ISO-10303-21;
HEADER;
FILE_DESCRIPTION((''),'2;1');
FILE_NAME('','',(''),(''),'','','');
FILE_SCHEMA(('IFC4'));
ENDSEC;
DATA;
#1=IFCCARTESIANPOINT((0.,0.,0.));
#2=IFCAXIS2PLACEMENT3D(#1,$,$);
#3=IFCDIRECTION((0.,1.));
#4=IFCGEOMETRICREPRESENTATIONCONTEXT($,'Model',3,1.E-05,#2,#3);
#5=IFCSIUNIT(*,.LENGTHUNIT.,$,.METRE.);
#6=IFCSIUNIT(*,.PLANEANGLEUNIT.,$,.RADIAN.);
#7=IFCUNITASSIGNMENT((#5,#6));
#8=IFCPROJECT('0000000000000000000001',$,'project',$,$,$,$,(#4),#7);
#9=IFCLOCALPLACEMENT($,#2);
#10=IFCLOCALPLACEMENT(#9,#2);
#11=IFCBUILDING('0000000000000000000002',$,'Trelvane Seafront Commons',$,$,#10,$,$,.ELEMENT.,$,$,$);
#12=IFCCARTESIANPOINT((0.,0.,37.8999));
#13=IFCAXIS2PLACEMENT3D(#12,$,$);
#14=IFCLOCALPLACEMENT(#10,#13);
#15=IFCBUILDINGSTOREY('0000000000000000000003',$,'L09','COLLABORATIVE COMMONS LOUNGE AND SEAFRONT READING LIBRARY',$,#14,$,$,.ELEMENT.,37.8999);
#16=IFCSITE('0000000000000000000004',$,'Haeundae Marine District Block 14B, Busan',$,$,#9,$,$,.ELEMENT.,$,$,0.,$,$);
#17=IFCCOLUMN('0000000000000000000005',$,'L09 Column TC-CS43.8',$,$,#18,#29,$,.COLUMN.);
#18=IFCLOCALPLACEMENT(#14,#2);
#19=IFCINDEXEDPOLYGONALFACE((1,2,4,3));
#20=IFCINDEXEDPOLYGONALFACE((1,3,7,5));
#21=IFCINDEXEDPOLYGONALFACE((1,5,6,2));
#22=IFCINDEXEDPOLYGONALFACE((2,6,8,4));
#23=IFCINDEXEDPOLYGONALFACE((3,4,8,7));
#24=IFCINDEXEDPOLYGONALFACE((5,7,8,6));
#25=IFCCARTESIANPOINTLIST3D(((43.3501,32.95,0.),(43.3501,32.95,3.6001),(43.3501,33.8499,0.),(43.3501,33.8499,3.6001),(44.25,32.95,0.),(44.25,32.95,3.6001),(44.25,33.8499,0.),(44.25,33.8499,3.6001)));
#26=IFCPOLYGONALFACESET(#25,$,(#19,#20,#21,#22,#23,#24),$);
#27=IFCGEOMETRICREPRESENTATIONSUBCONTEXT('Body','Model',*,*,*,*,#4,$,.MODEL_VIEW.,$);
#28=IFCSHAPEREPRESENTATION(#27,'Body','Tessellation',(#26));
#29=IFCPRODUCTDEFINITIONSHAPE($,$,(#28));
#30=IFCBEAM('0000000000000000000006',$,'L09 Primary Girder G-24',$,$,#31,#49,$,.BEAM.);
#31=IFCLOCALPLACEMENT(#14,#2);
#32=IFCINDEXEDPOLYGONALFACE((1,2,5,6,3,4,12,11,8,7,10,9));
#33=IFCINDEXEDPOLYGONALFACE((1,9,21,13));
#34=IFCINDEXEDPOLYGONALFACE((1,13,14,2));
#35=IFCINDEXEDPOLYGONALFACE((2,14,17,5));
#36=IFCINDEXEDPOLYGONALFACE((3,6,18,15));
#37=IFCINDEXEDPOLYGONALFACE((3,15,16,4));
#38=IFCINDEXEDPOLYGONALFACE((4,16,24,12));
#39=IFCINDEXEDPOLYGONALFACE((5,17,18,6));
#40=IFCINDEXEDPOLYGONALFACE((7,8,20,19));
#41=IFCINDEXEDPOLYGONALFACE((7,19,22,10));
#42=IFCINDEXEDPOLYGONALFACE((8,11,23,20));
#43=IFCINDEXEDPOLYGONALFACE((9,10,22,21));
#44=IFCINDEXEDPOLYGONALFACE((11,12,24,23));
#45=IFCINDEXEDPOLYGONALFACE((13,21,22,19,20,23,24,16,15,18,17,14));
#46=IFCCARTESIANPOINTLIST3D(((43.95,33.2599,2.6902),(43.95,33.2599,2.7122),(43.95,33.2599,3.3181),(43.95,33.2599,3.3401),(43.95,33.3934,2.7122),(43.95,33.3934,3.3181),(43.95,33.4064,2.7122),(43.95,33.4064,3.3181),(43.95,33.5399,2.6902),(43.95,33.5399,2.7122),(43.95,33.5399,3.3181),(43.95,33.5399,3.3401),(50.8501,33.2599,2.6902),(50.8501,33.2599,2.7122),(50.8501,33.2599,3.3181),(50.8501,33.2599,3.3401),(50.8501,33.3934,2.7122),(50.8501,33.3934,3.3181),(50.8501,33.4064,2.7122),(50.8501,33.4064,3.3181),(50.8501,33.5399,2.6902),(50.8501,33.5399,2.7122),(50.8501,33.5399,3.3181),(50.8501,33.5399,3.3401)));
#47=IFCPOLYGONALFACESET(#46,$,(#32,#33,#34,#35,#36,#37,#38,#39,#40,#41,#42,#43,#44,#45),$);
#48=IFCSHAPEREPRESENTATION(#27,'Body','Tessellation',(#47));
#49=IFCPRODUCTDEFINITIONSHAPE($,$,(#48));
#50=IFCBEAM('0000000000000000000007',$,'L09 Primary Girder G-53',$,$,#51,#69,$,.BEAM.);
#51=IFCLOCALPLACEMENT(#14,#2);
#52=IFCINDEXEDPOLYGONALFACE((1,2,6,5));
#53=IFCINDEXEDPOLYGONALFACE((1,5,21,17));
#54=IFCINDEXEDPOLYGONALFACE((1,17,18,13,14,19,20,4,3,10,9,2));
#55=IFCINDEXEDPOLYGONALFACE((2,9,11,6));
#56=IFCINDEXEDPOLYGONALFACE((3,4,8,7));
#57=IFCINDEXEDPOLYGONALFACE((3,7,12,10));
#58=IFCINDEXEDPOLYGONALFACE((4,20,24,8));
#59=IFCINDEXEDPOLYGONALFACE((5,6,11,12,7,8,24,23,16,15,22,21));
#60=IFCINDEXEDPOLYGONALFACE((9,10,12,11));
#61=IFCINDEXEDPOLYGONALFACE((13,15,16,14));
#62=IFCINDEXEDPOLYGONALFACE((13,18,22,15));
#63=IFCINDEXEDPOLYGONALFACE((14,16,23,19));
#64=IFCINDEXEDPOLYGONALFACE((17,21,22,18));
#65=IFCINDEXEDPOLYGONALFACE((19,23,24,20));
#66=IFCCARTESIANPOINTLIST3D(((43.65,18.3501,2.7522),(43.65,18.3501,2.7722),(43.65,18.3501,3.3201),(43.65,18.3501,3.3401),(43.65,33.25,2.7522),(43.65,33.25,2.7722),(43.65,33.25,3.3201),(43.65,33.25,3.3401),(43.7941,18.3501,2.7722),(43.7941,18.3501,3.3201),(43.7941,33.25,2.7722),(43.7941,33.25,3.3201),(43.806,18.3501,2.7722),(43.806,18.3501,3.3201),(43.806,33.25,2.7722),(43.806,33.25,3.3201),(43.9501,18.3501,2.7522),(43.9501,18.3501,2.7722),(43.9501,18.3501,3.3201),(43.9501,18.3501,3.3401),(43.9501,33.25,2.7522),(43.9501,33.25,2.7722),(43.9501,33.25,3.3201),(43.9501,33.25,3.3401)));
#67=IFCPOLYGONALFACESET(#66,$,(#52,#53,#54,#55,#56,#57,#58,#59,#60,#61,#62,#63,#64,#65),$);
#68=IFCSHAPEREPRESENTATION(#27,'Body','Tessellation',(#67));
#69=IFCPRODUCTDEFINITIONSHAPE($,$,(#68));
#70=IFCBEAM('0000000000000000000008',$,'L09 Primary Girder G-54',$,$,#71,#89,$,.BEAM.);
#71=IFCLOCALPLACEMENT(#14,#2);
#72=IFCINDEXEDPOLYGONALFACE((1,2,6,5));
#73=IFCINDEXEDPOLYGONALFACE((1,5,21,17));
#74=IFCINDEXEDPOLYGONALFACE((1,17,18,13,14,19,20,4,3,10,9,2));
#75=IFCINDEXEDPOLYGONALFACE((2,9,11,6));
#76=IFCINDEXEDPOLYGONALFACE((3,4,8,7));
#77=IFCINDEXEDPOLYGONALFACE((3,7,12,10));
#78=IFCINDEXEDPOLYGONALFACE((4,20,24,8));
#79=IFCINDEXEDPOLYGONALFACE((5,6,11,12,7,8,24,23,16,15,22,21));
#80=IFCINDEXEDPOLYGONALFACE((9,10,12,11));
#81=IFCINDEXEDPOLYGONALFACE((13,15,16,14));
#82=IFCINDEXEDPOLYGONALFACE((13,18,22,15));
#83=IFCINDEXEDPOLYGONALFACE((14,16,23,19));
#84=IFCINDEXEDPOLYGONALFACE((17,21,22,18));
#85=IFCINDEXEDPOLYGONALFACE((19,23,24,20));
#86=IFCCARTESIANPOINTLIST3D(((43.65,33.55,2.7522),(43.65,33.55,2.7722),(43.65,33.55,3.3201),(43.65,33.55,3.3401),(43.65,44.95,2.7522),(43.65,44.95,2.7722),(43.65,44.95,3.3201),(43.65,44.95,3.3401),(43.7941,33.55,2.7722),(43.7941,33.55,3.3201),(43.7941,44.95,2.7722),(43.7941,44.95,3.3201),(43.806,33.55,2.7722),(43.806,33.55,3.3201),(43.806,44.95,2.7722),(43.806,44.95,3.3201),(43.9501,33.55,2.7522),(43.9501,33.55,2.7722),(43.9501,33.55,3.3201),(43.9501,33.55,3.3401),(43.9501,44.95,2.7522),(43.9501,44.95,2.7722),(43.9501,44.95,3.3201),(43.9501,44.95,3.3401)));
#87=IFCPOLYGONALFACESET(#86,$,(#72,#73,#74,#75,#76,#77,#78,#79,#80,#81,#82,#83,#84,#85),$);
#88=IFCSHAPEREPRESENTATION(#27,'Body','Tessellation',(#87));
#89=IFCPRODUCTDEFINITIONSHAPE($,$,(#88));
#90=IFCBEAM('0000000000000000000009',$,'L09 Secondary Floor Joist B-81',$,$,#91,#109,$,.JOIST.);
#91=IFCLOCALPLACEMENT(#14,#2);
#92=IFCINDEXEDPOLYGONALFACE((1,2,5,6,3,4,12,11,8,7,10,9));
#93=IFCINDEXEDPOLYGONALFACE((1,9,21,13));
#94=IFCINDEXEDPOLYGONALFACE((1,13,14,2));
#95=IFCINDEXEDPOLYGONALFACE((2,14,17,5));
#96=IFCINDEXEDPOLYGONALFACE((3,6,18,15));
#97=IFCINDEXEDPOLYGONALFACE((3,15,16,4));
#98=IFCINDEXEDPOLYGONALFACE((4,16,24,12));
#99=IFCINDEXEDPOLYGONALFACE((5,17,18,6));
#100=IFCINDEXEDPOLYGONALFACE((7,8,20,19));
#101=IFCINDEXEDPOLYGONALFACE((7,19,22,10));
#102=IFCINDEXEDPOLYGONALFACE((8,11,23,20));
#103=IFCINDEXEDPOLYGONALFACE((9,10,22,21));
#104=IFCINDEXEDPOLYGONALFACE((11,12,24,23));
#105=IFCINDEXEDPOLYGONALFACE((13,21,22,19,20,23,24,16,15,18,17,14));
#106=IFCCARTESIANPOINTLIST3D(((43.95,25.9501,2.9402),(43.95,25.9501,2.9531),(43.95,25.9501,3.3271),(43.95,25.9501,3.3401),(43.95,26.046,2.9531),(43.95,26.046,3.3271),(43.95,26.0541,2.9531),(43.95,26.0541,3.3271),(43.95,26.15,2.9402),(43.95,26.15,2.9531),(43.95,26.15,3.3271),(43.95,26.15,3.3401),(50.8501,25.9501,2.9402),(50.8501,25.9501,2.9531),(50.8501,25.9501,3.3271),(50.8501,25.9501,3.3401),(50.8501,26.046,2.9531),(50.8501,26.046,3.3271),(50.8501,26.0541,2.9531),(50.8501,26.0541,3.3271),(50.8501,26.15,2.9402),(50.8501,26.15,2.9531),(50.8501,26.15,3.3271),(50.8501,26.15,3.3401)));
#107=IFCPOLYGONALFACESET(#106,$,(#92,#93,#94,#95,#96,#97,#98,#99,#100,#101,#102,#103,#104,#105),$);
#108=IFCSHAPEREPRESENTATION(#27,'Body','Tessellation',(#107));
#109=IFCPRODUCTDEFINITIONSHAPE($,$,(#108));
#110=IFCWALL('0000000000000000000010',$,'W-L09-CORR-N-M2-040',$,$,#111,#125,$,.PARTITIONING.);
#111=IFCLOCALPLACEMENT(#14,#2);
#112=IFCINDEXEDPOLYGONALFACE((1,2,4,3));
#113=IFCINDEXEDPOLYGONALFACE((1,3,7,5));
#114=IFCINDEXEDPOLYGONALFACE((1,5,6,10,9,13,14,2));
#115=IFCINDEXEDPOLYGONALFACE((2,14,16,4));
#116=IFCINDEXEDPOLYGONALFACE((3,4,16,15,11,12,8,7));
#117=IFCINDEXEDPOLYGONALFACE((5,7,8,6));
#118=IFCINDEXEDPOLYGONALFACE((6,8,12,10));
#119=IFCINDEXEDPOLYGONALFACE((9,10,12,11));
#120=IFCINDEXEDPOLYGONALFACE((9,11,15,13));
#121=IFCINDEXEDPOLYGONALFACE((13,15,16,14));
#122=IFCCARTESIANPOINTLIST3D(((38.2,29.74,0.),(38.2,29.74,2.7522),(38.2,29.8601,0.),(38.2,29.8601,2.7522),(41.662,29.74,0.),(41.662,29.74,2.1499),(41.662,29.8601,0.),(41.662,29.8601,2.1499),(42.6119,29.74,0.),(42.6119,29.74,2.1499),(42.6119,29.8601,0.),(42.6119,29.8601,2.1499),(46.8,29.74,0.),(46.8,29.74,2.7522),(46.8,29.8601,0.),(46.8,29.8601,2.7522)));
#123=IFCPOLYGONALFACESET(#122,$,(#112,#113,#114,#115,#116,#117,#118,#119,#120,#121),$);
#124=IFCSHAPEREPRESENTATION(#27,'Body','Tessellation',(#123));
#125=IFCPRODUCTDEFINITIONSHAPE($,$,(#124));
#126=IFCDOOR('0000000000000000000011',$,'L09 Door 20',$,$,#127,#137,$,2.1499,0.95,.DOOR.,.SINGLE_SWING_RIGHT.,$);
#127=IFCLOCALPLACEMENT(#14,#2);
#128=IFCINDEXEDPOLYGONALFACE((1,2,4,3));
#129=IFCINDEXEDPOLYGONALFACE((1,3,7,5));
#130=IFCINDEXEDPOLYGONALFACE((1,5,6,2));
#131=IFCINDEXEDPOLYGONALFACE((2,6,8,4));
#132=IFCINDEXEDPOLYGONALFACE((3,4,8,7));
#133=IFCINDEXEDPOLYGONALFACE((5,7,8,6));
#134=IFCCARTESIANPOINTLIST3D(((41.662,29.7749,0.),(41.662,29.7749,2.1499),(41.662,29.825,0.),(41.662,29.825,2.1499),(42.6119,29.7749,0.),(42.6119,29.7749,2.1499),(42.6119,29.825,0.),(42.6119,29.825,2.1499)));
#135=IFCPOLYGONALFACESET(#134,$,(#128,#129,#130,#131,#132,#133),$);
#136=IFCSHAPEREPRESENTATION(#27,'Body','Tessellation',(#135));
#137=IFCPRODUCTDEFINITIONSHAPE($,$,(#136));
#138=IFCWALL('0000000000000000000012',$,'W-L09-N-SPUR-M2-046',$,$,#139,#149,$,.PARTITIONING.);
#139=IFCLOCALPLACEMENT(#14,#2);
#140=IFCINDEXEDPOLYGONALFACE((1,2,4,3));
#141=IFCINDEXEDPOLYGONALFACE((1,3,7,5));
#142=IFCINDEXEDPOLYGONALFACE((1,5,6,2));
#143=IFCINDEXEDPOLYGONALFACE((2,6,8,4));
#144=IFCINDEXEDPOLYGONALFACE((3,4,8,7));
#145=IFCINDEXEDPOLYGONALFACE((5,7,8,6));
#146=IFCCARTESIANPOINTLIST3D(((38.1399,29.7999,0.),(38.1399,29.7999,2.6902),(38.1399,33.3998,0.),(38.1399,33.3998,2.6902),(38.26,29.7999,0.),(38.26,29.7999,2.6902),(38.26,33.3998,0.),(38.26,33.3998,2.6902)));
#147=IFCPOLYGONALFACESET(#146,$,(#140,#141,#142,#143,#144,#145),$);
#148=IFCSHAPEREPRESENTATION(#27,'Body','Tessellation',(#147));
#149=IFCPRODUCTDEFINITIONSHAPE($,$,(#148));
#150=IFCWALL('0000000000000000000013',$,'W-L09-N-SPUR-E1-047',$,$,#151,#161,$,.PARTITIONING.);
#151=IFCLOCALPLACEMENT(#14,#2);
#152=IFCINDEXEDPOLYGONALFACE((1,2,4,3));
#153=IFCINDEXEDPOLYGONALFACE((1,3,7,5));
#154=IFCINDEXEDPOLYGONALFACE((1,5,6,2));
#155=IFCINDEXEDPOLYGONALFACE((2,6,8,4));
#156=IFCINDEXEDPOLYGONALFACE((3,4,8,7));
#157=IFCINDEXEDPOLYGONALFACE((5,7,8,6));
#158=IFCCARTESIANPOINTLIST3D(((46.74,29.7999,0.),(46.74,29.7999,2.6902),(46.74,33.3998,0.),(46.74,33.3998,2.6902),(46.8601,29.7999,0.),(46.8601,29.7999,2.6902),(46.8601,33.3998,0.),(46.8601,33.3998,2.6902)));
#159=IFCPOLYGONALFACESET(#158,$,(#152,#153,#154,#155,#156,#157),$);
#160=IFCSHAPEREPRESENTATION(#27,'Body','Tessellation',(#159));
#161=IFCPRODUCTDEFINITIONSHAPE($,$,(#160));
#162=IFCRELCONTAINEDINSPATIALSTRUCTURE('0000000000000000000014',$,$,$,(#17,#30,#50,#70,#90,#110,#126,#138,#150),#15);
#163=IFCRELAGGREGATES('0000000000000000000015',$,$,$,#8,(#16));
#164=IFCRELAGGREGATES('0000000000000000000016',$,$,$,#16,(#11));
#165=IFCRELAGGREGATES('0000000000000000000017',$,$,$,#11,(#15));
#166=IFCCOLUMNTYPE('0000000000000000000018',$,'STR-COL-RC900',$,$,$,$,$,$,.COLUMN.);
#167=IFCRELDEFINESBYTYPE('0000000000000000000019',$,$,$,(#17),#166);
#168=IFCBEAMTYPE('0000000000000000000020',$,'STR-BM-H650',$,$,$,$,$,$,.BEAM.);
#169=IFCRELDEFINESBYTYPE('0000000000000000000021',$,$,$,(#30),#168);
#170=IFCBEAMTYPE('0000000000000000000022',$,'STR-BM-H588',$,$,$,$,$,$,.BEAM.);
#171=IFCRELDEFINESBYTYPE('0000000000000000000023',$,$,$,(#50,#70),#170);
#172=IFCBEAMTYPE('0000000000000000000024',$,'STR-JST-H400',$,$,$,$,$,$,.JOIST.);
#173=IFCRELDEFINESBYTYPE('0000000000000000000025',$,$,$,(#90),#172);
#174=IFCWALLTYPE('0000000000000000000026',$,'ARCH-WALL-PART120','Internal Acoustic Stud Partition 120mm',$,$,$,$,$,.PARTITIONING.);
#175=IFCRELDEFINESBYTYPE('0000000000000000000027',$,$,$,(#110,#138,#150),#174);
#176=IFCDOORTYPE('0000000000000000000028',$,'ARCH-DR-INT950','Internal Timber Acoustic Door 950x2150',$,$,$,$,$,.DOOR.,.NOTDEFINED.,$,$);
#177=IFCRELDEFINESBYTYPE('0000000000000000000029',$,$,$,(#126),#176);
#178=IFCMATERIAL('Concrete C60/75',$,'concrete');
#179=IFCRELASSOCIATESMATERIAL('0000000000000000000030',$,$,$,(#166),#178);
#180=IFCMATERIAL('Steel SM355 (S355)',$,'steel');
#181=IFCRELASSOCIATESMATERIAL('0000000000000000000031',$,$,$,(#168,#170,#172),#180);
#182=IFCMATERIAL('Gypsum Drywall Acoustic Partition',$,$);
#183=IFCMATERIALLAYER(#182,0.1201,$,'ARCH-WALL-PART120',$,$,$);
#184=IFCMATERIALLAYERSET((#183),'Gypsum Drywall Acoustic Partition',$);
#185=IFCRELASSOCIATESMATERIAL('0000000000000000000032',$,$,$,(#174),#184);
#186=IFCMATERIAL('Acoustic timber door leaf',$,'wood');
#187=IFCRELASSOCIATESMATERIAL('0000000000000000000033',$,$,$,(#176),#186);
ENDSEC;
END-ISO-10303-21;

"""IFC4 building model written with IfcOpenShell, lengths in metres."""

from ifc_helpers import new_model, si_unit, direction, frame, frame_2d, origin, origin_2d, place, context, subcontext, project, spatial, rectangle, i_section, extrude, source, transform, mapped, material, layer, layer_set, material_profile, profile_set, type_object, element, fill, save


model = new_model("IFC4")

# Units and contexts
model_context = context("Model", 3, precision=1e-05, world=origin(), true_north=direction((0.0, 1.0)))
body_context = subcontext(model_context, "Body", "Model", "MODEL_VIEW")
ifc_project = project(units=[si_unit("LENGTHUNIT", "METRE"), si_unit("PLANEANGLEUNIT", "RADIAN")], contexts=[model_context])

# Site, building, storey
site_placement = place(None, origin())
site = spatial("IfcSite", under=ifc_project, at=site_placement, Name="Haeundae Marine District Block 14B, Busan", CompositionType="ELEMENT", RefElevation=0.0)
building_placement = place(site_placement, origin())
building = spatial("IfcBuilding", under=site, at=building_placement, Name="Trelvane Seafront Commons", CompositionType="ELEMENT")
storey_placement = place(building_placement, frame((0.0, 0.0, 37.8999)))
storey = spatial("IfcBuildingStorey", under=building, at=storey_placement, Name="L09", Description="COLLABORATIVE COMMONS LOUNGE AND SEAFRONT READING LIBRARY", CompositionType="ELEMENT", Elevation=37.8999)

# Column
ifc_material_1 = material(Name="Concrete C60/75", Category="concrete")
ifc_material_profile_1 = material_profile(ifc_material_1, rectangle(XDim=0.8999, YDim=0.8999, at=origin_2d()), Name="RC-900x900")
ifc_profile_set_1 = profile_set([ifc_material_profile_1], Name="Concrete C60/75")
column_type = type_object("IfcColumnType", Name="STR-COL-RC900", PredefinedType="COLUMN", material=ifc_profile_set_1)
shared_shape_1 = source(origin(), body_context, "Body", "SweptSolid", [
    extrude(rectangle(XDim=0.8999, YDim=0.8999, at=origin_2d()), origin(), (0.0, 0.0, 1.0), 3.6001),
])
column_placement = place(storey_placement, frame((43.8, 33.3999, 0.0), z_axis=(0.0, 0.0, 1.0), x_axis=(1.0, 0.0, 0.0)))
element("IfcColumn", 1, at=column_placement, inside=storey, type_object=column_type, Name="L09 Column TC-CS43.8", PredefinedType="COLUMN", context=body_context, shape_type="MappedRepresentation", body=[
    mapped(shared_shape_1, transform((0.0, 0.0, 0.0), x_axis=(1.0, 0.0, 0.0), y_axis=(0.0, 1.0, 0.0), z_axis=(0.0, 0.0, 1.0), scale=1.0)),
])

# Beams
ifc_material_2 = material(Name="Steel SM355 (S355)", Category="steel")
ifc_material_profile_2 = material_profile(ifc_material_2, i_section(OverallWidth=0.28, OverallDepth=0.6499, WebThickness=0.0129, FlangeThickness=0.022, at=origin_2d()), Name="H-650x280x13x22")
ifc_profile_set_2 = profile_set([ifc_material_profile_2], Name="Steel SM355 (S355)")
beam_type_1 = type_object("IfcBeamType", Name="STR-BM-H650", PredefinedType="BEAM", material=ifc_profile_set_2)
shared_shape_2 = source(origin(), body_context, "Body", "SweptSolid", [
    extrude(i_section(OverallWidth=0.28, OverallDepth=0.6499, WebThickness=0.0129, FlangeThickness=0.022, at=origin_2d()), origin(), (0.0, 0.0, 1.0), 6.9001),
])
beam_1_placement = place(storey_placement, frame((43.95, 33.3999, 3.0151), z_axis=(1.0, 0.0, 0.0), x_axis=(0.0, 1.0, 0.0)))
element("IfcBeam", 2, at=beam_1_placement, inside=storey, type_object=beam_type_1, Name="L09 Primary Girder G-24", PredefinedType="BEAM", context=body_context, shape_type="MappedRepresentation", body=[
    mapped(shared_shape_2, transform((0.0, 0.0, 0.0), x_axis=(1.0, 0.0, 0.0), y_axis=(0.0, 1.0, 0.0), z_axis=(0.0, 0.0, 1.0), scale=1.0)),
])
ifc_material_profile_3 = material_profile(ifc_material_2, i_section(OverallWidth=0.3, OverallDepth=0.5879, WebThickness=0.012, FlangeThickness=0.02, at=origin_2d()), Name="H-588x300x12x20")
ifc_profile_set_3 = profile_set([ifc_material_profile_3], Name="Steel SM355 (S355)")
beam_type_2 = type_object("IfcBeamType", Name="STR-BM-H588", PredefinedType="BEAM", material=ifc_profile_set_3)
shared_shape_3 = source(origin(), body_context, "Body", "SweptSolid", [
    extrude(i_section(OverallWidth=0.3, OverallDepth=0.5879, WebThickness=0.012, FlangeThickness=0.02, at=origin_2d()), origin(), (0.0, 0.0, 1.0), 14.8999),
])
beam_2_placement = place(storey_placement, frame((43.8, 18.3501, 3.0461), z_axis=(0.0, 1.0, 0.0), x_axis=(-1.0, 0.0, 0.0)))
element("IfcBeam", 3, at=beam_2_placement, inside=storey, type_object=beam_type_2, Name="L09 Primary Girder G-53", PredefinedType="BEAM", context=body_context, shape_type="MappedRepresentation", body=[
    mapped(shared_shape_3, transform((0.0, 0.0, 0.0), x_axis=(1.0, 0.0, 0.0), y_axis=(0.0, 1.0, 0.0), z_axis=(0.0, 0.0, 1.0), scale=1.0)),
])
shared_shape_4 = source(origin(), body_context, "Body", "SweptSolid", [
    extrude(i_section(OverallWidth=0.3, OverallDepth=0.5879, WebThickness=0.012, FlangeThickness=0.02, at=origin_2d()), origin(), (0.0, 0.0, 1.0), 11.3999),
])
beam_3_placement = place(storey_placement, frame((43.8, 33.55, 3.0461), z_axis=(0.0, 1.0, 0.0), x_axis=(-1.0, 0.0, 0.0)))
element("IfcBeam", 4, at=beam_3_placement, inside=storey, type_object=beam_type_2, Name="L09 Primary Girder G-54", PredefinedType="BEAM", context=body_context, shape_type="MappedRepresentation", body=[
    mapped(shared_shape_4, transform((0.0, 0.0, 0.0), x_axis=(1.0, 0.0, 0.0), y_axis=(0.0, 1.0, 0.0), z_axis=(0.0, 0.0, 1.0), scale=1.0)),
])
ifc_material_profile_4 = material_profile(ifc_material_2, i_section(OverallWidth=0.2, OverallDepth=0.3999, WebThickness=0.0081, FlangeThickness=0.0129, at=origin_2d()), Name="H-400x200x8x13")
ifc_profile_set_4 = profile_set([ifc_material_profile_4], Name="Steel SM355 (S355)")
beam_type_3 = type_object("IfcBeamType", Name="STR-JST-H400", PredefinedType="JOIST", material=ifc_profile_set_4)
shared_shape_5 = source(origin(), body_context, "Body", "SweptSolid", [
    extrude(i_section(OverallWidth=0.2, OverallDepth=0.3999, WebThickness=0.0081, FlangeThickness=0.0129, at=origin_2d()), origin(), (0.0, 0.0, 1.0), 6.9001),
])
beam_4_placement = place(storey_placement, frame((43.95, 26.05, 3.1401), z_axis=(1.0, 0.0, 0.0), x_axis=(0.0, 1.0, 0.0)))
element("IfcBeam", 5, at=beam_4_placement, inside=storey, type_object=beam_type_3, Name="L09 Secondary Floor Joist B-81", PredefinedType="JOIST", context=body_context, shape_type="MappedRepresentation", body=[
    mapped(shared_shape_5, transform((0.0, 0.0, 0.0), x_axis=(1.0, 0.0, 0.0), y_axis=(0.0, 1.0, 0.0), z_axis=(0.0, 0.0, 1.0), scale=1.0)),
])

# Wall, opening, door
ifc_material_3 = material(Name="Gypsum Drywall Acoustic Partition")
ifc_layer_1 = layer(ifc_material_3, 0.1201, Name="ARCH-WALL-PART120")
ifc_layer_set_1 = layer_set([ifc_layer_1], Name="Gypsum Drywall Acoustic Partition")
wall_type_1 = type_object("IfcWallType", Name="ARCH-WALL-PART120", Description="Internal Acoustic Stud Partition 120mm", PredefinedType="PARTITIONING", material=ifc_layer_set_1)
wall_1_placement = place(storey_placement, frame((38.2, 29.8, 0.0), z_axis=(0.0, 0.0, 1.0), x_axis=(1.0, 0.0, 0.0)))
wall_1 = element("IfcWall", 6, at=wall_1_placement, inside=storey, type_object=wall_type_1, Name="W-L09-CORR-N-M2-040", PredefinedType="PARTITIONING", context=body_context, shape_type="SweptSolid", body=[
    extrude(rectangle(XDim=8.6001, YDim=0.1201, at=frame_2d((4.3, 0.0))), origin(), (0.0, 0.0, 1.0), 2.7522),
])
opening_1_placement = place(wall_1_placement, frame((3.4619, 0.0, 0.0)))
opening_1 = element("IfcOpeningElement", 7, at=opening_1_placement, cuts=wall_1, PredefinedType="OPENING", context=body_context, shape_type="SweptSolid", body=[
    extrude(rectangle(XDim=0.95, YDim=2.1499, at=frame_2d((0.4751, 1.075))), frame((0.0, 0.0701, 0.0), z_axis=(0.0, -1.0, 0.0), x_axis=(1.0, 0.0, 0.0)), (0.0, 0.0, 1.0), 0.1401),
])
ifc_material_4 = material(Name="Acoustic timber door leaf", Category="wood")
door_type_1 = type_object("IfcDoorType", Name="ARCH-DR-INT950", Description="Internal Timber Acoustic Door 950x2150", OperationType="NOTDEFINED", PredefinedType="DOOR", material=ifc_material_4)
shared_shape_6 = source(origin(), body_context, "Body", "SweptSolid", [
    extrude(rectangle(XDim=0.95, YDim=2.1499, at=frame_2d((0.4751, 1.075))), frame((0.0, 0.0249, 0.0), z_axis=(0.0, -1.0, 0.0), x_axis=(1.0, 0.0, 0.0)), (0.0, 0.0, 1.0), 0.05),
])
door_1_placement = place(opening_1_placement, origin())
door_1 = element("IfcDoor", 8, at=door_1_placement, inside=storey, type_object=door_type_1, Name="L09 Door 20", OperationType="SINGLE_SWING_RIGHT", OverallHeight=2.1499, OverallWidth=0.95, PredefinedType="DOOR", context=body_context, shape_type="MappedRepresentation", body=[
    mapped(shared_shape_6, transform((0.0, 0.0, 0.0), x_axis=(1.0, 0.0, 0.0), y_axis=(0.0, 1.0, 0.0), z_axis=(0.0, 0.0, 1.0), scale=1.0)),
])
fill(opening_1, door_1)

# Walls
for number, where, z_axis, x_axis, name in (
    (9, (38.2, 29.8, 0.0), (0.0, 0.0, 1.0), (0.0, 1.0, 0.0), "W-L09-N-SPUR-M2-046"),
    (10, (46.8, 29.8, 0.0), (0.0, 0.0, 1.0), (0.0, 1.0, 0.0), "W-L09-N-SPUR-E1-047"),
):
    element("IfcWall", number, at=place(storey_placement, frame(where, z_axis=z_axis, x_axis=x_axis)), inside=storey, type_object=wall_type_1, Name=name, PredefinedType="PARTITIONING", context=body_context, shape_type="SweptSolid", body=[
        extrude(rectangle(XDim=3.5999, YDim=0.1201, at=frame_2d((1.7998, 0.0))), origin(), (0.0, 0.0, 1.0), 2.6902),
    ])

save(model, "model.ifc")
